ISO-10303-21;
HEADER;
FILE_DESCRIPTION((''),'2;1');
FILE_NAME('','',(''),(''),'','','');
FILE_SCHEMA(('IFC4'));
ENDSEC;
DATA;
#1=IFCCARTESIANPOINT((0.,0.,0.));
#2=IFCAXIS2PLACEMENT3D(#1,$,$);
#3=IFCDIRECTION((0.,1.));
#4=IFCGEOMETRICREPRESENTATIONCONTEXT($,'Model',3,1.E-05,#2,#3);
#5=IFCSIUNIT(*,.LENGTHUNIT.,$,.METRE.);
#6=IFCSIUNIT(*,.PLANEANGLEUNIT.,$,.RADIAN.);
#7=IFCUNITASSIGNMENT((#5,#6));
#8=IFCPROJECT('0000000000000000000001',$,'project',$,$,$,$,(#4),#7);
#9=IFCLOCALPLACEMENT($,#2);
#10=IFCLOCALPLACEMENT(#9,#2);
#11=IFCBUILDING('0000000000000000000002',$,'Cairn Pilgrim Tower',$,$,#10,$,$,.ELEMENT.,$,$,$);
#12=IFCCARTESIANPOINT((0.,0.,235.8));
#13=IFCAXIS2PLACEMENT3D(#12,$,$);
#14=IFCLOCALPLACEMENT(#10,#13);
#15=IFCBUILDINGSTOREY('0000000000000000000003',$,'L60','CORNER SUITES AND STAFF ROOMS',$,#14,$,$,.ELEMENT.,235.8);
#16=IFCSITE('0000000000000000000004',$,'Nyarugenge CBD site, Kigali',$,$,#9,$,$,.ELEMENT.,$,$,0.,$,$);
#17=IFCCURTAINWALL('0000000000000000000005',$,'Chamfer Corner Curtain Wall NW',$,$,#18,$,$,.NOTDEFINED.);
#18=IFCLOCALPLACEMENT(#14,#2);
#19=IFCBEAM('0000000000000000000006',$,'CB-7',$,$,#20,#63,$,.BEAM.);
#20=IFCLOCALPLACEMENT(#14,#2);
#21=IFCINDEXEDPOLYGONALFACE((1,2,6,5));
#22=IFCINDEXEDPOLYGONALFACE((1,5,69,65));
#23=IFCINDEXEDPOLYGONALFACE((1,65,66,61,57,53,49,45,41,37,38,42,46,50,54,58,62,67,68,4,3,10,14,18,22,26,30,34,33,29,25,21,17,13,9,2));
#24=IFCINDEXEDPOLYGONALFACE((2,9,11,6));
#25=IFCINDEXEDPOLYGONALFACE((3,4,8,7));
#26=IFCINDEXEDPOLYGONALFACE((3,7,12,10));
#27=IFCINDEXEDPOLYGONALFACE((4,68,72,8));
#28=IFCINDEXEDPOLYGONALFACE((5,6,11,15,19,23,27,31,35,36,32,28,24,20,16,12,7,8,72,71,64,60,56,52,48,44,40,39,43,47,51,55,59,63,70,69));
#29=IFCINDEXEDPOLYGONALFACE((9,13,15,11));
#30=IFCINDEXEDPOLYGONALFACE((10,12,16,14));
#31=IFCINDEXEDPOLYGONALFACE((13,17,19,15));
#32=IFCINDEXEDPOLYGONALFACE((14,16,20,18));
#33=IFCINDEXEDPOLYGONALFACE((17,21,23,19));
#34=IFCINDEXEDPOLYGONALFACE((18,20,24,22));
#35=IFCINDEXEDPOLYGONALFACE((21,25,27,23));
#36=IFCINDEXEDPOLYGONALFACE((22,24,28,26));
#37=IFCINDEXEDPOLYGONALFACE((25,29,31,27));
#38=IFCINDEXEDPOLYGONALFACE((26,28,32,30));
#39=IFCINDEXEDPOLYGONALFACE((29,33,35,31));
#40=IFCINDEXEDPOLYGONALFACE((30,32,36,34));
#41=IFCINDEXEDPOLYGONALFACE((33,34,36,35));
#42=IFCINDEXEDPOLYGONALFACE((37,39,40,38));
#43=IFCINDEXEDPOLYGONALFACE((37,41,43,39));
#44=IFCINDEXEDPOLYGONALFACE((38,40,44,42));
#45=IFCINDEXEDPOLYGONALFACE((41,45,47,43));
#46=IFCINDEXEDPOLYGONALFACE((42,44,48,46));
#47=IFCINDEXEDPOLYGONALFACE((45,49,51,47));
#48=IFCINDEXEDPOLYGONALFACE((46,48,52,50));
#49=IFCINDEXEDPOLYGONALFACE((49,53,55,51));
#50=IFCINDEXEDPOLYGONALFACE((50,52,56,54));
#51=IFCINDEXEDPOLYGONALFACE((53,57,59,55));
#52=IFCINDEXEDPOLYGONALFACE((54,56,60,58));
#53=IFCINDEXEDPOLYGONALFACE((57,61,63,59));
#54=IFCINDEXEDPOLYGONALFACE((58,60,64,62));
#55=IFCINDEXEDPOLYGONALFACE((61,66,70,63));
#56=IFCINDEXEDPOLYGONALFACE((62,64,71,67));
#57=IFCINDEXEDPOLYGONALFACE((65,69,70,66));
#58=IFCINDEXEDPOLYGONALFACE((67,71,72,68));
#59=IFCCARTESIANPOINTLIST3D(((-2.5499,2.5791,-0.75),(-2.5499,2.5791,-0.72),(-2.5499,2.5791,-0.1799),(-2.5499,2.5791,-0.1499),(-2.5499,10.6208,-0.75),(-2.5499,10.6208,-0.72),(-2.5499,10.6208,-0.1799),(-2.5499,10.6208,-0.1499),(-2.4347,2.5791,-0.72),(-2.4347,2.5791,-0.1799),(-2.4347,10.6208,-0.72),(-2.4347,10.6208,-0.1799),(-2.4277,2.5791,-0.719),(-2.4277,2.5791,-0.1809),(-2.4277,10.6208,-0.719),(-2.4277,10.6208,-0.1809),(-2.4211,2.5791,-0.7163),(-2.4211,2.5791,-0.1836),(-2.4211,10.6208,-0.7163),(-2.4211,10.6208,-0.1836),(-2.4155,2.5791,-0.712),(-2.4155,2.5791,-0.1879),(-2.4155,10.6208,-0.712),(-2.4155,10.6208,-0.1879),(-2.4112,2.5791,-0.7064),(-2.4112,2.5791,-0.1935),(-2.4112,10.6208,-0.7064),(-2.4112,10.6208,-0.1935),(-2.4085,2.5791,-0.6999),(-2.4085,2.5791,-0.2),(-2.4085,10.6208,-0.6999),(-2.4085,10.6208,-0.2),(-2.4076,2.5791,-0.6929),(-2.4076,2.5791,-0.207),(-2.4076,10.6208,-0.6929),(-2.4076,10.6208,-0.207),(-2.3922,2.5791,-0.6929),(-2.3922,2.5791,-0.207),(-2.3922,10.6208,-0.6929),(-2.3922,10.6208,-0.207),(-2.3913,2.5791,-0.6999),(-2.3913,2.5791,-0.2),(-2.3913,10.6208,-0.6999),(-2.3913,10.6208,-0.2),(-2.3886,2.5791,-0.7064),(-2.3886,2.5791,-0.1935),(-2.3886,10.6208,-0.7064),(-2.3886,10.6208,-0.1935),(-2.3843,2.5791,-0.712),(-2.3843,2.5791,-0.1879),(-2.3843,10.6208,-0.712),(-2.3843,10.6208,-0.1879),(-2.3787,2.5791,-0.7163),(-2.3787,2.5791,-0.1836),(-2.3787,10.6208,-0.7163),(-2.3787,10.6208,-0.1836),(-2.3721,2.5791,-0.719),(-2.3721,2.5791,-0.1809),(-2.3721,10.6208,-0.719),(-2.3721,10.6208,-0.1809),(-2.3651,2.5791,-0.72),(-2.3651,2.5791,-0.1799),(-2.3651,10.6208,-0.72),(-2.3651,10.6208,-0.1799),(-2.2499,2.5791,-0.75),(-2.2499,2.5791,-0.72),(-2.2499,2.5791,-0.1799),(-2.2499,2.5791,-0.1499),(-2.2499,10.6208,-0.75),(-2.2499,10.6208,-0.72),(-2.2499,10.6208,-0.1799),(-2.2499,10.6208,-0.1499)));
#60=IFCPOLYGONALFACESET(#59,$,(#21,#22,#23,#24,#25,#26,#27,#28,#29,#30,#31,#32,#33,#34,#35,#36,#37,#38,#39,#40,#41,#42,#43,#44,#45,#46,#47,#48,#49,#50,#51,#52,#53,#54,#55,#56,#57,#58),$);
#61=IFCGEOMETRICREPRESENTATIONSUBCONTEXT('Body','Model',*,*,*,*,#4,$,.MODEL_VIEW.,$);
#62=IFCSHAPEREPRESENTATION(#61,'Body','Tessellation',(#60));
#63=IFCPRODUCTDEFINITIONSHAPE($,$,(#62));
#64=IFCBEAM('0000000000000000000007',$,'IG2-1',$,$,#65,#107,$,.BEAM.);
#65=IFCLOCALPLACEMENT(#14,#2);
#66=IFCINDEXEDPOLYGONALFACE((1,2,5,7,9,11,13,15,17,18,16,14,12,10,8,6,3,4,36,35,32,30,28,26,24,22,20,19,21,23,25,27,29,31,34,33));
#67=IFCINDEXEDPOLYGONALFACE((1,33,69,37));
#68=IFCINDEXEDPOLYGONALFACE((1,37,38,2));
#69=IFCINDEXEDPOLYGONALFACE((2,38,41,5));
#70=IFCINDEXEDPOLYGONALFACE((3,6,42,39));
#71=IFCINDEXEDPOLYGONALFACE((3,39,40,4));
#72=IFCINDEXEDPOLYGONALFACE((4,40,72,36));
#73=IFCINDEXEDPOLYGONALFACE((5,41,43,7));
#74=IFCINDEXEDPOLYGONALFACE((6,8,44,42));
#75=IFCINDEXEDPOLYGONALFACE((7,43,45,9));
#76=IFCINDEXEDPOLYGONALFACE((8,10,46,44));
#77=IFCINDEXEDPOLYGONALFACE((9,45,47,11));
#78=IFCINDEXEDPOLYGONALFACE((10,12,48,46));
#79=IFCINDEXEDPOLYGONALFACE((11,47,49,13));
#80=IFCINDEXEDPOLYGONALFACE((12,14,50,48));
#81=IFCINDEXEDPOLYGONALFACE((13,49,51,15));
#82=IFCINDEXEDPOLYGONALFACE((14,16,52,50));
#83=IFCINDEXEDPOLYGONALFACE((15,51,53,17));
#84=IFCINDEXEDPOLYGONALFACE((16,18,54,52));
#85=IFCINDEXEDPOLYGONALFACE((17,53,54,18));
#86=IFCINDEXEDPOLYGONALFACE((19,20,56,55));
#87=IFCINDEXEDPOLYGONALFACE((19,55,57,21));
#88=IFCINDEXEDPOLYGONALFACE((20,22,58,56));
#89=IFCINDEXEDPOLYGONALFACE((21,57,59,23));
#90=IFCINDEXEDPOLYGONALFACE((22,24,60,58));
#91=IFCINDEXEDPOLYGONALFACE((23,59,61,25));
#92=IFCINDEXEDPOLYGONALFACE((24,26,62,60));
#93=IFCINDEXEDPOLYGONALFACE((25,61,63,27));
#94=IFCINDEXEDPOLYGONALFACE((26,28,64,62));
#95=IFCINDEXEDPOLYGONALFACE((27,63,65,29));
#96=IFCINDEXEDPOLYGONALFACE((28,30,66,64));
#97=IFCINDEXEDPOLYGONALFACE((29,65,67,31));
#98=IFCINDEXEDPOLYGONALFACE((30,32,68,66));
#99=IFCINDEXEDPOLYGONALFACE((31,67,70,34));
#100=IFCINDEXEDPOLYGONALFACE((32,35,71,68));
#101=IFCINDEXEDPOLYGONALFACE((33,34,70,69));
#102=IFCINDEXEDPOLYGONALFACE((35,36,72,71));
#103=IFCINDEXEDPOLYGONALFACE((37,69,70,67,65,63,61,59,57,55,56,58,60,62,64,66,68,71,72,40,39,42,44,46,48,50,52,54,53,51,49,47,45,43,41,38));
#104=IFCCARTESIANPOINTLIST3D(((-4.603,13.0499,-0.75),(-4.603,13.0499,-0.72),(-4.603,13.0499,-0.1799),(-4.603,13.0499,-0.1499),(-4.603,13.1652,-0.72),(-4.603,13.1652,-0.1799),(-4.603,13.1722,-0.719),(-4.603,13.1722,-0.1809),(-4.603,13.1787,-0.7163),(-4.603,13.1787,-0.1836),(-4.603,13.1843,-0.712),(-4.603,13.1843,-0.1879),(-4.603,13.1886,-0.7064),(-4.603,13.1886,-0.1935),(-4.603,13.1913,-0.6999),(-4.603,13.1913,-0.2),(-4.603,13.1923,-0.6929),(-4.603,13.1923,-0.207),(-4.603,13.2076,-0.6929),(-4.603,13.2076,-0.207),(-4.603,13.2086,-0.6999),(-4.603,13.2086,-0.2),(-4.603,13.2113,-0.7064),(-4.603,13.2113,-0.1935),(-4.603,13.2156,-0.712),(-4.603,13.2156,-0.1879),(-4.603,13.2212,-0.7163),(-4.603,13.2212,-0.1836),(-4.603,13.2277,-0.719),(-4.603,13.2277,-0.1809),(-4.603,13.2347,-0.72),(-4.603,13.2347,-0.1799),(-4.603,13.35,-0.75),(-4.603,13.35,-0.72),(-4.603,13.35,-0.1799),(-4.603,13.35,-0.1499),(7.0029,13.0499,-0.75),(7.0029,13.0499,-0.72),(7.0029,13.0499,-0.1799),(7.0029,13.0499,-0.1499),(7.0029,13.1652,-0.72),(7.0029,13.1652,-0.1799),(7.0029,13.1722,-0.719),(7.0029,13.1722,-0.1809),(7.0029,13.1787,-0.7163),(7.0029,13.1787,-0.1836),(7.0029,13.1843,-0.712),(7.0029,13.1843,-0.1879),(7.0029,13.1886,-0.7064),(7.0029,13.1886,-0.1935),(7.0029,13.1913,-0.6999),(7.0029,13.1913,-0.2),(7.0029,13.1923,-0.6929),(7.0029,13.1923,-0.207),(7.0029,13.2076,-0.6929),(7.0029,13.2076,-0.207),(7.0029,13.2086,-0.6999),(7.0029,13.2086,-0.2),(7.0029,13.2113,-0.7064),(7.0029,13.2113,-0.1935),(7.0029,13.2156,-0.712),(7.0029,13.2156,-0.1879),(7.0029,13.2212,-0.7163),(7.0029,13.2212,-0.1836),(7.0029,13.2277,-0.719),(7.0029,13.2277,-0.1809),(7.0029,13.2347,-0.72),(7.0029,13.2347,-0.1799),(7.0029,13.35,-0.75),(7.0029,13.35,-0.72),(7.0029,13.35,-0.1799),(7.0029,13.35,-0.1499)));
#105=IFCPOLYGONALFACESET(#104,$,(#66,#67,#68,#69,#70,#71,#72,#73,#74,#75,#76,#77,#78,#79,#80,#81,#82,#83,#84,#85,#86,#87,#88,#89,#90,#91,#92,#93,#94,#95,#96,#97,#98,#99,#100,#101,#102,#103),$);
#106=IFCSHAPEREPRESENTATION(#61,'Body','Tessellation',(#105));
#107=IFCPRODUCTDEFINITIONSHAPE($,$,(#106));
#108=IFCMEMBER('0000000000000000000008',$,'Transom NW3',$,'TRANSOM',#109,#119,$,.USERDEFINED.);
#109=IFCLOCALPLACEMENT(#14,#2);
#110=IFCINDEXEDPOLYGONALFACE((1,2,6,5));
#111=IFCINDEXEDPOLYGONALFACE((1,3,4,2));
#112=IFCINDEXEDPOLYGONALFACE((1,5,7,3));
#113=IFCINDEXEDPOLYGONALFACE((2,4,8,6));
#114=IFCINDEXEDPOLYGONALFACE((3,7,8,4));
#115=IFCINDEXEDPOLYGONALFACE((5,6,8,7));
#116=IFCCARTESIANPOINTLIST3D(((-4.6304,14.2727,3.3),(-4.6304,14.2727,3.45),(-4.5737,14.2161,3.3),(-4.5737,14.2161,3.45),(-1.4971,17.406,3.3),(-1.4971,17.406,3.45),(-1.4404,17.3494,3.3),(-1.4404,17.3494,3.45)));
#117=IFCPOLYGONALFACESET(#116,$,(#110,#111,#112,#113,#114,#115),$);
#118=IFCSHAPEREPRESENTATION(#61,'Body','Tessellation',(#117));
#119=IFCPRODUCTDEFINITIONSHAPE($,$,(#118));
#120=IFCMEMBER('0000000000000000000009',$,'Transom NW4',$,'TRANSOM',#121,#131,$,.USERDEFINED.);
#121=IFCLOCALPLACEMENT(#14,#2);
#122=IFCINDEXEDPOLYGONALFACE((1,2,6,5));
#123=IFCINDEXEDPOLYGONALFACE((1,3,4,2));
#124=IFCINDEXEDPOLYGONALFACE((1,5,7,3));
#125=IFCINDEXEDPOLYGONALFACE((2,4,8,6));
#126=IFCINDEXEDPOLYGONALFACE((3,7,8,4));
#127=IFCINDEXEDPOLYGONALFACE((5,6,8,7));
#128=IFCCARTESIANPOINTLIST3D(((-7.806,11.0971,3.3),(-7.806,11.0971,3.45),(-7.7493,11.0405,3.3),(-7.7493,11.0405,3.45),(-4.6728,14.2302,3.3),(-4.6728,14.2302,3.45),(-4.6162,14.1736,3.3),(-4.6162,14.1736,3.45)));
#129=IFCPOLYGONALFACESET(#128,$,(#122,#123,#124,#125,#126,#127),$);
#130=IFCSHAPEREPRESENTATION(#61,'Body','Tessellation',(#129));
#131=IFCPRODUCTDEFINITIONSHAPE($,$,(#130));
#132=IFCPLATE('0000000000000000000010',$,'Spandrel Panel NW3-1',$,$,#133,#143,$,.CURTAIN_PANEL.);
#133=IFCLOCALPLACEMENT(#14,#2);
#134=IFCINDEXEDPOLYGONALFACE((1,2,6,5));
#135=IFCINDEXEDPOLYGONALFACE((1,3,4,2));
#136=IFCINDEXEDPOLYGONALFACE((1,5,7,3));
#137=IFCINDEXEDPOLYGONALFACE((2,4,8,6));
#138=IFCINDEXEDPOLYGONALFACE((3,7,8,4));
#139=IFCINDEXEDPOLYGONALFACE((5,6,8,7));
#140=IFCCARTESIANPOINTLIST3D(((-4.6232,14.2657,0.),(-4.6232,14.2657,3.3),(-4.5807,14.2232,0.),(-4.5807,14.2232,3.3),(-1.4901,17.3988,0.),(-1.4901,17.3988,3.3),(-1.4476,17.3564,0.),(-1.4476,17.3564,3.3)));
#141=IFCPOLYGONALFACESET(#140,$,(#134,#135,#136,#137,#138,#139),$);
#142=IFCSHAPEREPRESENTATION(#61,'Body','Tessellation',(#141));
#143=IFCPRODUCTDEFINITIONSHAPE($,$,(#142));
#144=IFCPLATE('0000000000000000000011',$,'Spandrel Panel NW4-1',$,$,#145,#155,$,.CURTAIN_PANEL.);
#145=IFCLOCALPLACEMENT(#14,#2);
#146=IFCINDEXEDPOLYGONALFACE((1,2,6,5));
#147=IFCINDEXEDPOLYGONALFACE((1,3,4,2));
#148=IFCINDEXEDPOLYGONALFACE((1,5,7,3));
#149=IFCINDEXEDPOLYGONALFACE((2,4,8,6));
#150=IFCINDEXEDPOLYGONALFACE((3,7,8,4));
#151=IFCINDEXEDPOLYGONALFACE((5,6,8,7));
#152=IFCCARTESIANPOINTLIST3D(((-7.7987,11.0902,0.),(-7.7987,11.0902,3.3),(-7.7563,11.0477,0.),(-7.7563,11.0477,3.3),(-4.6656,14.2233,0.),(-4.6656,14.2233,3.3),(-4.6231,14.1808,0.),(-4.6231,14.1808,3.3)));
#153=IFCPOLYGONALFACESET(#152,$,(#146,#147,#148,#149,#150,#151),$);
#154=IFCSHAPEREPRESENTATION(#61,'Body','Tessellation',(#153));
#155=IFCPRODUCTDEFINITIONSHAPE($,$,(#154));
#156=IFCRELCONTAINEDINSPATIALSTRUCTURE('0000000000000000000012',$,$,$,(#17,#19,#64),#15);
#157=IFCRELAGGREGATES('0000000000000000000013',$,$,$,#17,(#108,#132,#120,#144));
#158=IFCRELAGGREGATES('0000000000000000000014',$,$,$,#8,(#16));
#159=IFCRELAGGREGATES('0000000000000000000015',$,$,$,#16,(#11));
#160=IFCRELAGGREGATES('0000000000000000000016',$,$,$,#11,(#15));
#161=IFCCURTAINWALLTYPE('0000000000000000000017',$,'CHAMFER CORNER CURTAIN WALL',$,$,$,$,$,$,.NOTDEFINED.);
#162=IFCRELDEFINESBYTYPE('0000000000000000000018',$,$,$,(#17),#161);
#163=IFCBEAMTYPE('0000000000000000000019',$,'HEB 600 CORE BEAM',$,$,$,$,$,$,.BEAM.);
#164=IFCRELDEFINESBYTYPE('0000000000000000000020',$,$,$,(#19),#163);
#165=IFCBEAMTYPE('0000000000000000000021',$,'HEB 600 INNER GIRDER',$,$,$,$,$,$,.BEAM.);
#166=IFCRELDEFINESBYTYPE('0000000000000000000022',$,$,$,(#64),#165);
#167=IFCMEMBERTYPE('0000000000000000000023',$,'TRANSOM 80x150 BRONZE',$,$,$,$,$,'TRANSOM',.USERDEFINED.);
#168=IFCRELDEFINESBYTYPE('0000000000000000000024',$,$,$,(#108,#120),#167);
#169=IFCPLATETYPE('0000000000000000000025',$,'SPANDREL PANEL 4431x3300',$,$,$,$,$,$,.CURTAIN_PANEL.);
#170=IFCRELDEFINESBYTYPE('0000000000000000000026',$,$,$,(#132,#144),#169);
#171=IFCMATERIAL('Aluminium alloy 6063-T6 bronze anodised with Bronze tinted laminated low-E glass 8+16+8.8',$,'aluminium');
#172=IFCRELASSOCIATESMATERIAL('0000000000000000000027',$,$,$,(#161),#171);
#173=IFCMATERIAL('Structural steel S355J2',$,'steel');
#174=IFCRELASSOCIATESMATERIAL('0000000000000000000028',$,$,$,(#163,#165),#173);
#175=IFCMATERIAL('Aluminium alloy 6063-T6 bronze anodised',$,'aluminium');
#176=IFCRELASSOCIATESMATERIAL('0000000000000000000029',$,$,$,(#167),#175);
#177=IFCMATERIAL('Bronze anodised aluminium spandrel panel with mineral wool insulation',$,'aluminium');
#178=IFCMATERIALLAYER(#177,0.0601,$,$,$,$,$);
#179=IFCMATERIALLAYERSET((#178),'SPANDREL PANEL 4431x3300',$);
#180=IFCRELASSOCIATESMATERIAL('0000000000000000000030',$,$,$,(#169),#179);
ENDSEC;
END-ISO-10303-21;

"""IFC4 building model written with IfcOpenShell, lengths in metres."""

from ifc_helpers import new_model, si_unit, direction, frame, origin, origin_2d, place, context, subcontext, project, spatial, rectangle, i_section, extrude, material, layer, layer_set, material_profile, profile_set, type_object, element, aggregate, save


model = new_model("IFC4")

# Units and contexts
model_context = context("Model", 3, precision=1e-05, world=origin(), true_north=direction((0.0, 1.0)))
body_context = subcontext(model_context, "Body", "Model", "MODEL_VIEW")
ifc_project = project(units=[si_unit("LENGTHUNIT", "METRE"), si_unit("PLANEANGLEUNIT", "RADIAN")], contexts=[model_context])

# Site, building, storey
site_placement = place(None, origin())
site = spatial("IfcSite", under=ifc_project, at=site_placement, Name="Nyarugenge CBD site, Kigali", CompositionType="ELEMENT", RefElevation=0.0)
building_placement = place(site_placement, origin())
building = spatial("IfcBuilding", under=site, at=building_placement, Name="Cairn Pilgrim Tower", CompositionType="ELEMENT")
storey_placement = place(building_placement, frame((0.0, 0.0, 235.8)))
storey = spatial("IfcBuildingStorey", under=building, at=storey_placement, Name="L60", Description="CORNER SUITES AND STAFF ROOMS", CompositionType="ELEMENT", Elevation=235.8)

# Shared definitions
ifc_material_1 = material(Name="Structural steel S355J2", Category="steel")

# Curtain wall
ifc_material_2 = material(Name="Aluminium alloy 6063-T6 bronze anodised with Bronze tinted laminated low-E glass 8+16+8.8", Category="aluminium")
curtain_wall_type = type_object("IfcCurtainWallType", Name="CHAMFER CORNER CURTAIN WALL", PredefinedType="NOTDEFINED", material=ifc_material_2)
curtain_wall_placement = place(storey_placement, origin())
curtain_wall = element("IfcCurtainWall", 1, at=curtain_wall_placement, inside=storey, type_object=curtain_wall_type, Name="Chamfer Corner Curtain Wall NW", PredefinedType="NOTDEFINED")
ifc_material_3 = material(Name="Aluminium alloy 6063-T6 bronze anodised", Category="aluminium")

# Beams
ifc_material_profile_1 = material_profile(ifc_material_1, i_section(OverallWidth=0.3, OverallDepth=0.6001, WebThickness=0.0154, FlangeThickness=0.03, FilletRadius=0.0271, at=origin_2d()), Name="HEB 600")
ifc_profile_set_1 = profile_set([ifc_material_profile_1], Name="Structural steel S355J2")
beam_type_1 = type_object("IfcBeamType", Name="HEB 600 CORE BEAM", PredefinedType="BEAM", material=ifc_profile_set_1)
beam_1_placement = place(storey_placement, frame((-2.3999, 10.6208, -0.45), z_axis=(0.0, -1.0, 0.0), x_axis=(1.0, 0.0, 0.0)))
element("IfcBeam", 2, at=beam_1_placement, inside=storey, type_object=beam_type_1, Name="CB-7", PredefinedType="BEAM", context=body_context, shape_type="SweptSolid", body=[
    extrude(i_section(OverallWidth=0.3, OverallDepth=0.6001, WebThickness=0.0154, FlangeThickness=0.03, FilletRadius=0.0271, at=origin_2d()), origin(), (0.0, 0.0, 1.0), 8.0417),
])
ifc_material_profile_2 = material_profile(ifc_material_1, i_section(OverallWidth=0.3, OverallDepth=0.6001, WebThickness=0.0154, FlangeThickness=0.03, FilletRadius=0.0271, at=origin_2d()), Name="HEB 600")
ifc_profile_set_2 = profile_set([ifc_material_profile_2], Name="Structural steel S355J2")
beam_type_2 = type_object("IfcBeamType", Name="HEB 600 INNER GIRDER", PredefinedType="BEAM", material=ifc_profile_set_2)
beam_2_placement = place(storey_placement, frame((-4.603, 13.2, -0.45), z_axis=(1.0, 0.0, 0.0), x_axis=(0.0, 1.0, 0.0)))
element("IfcBeam", 3, at=beam_2_placement, inside=storey, type_object=beam_type_2, Name="IG2-1", PredefinedType="BEAM", context=body_context, shape_type="SweptSolid", body=[
    extrude(i_section(OverallWidth=0.3, OverallDepth=0.6001, WebThickness=0.0154, FlangeThickness=0.03, FilletRadius=0.0271, at=origin_2d()), origin(), (0.0, 0.0, 1.0), 11.606),
])

# Members
ifc_material_profile_3 = material_profile(ifc_material_3, rectangle(XDim=0.0801, YDim=0.1499, at=origin_2d()), Name="TRANSOM 80x150 BRONZE")
ifc_profile_set_3 = profile_set([ifc_material_profile_3], Name="Aluminium alloy 6063-T6 bronze anodised")
member_type_1 = type_object("IfcMemberType", Name="TRANSOM 80x150 BRONZE", ElementType="TRANSOM", PredefinedType="USERDEFINED", material=ifc_profile_set_3)
member_1_placement = place(storey_placement, frame((-1.4688, 17.3777, 3.375), z_axis=(-0.707107, -0.707107, 0.0), x_axis=(0.707107, -0.707107, 0.0)))
member_1 = element("IfcMember", 4, at=member_1_placement, type_object=member_type_1, Name="Transom NW3", ObjectType="TRANSOM", PredefinedType="USERDEFINED", context=body_context, shape_type="SweptSolid", body=[
    extrude(rectangle(XDim=0.0801, YDim=0.1499, at=origin_2d()), origin(), (0.0, 0.0, 1.0), 4.4312),
])
member_2_placement = place(storey_placement, frame((-4.6445, 14.2019, 3.375), z_axis=(-0.707107, -0.707107, 0.0), x_axis=(0.707107, -0.707107, 0.0)))
member_2 = element("IfcMember", 5, at=member_2_placement, type_object=member_type_1, Name="Transom NW4", ObjectType="TRANSOM", PredefinedType="USERDEFINED", context=body_context, shape_type="SweptSolid", body=[
    extrude(rectangle(XDim=0.0801, YDim=0.1499, at=origin_2d()), origin(), (0.0, 0.0, 1.0), 4.4309),
])

# Plates
ifc_material_4 = material(Name="Bronze anodised aluminium spandrel panel with mineral wool insulation", Category="aluminium")
ifc_layer_1 = layer(ifc_material_4, 0.0601)
ifc_layer_set_1 = layer_set([ifc_layer_1], Name="SPANDREL PANEL 4431x3300")
plate_type = type_object("IfcPlateType", Name="SPANDREL PANEL 4431x3300", PredefinedType="CURTAIN_PANEL", material=ifc_layer_set_1)
plate_1_placement = place(storey_placement, frame((-3.0354, 15.811, 0.0), z_axis=(0.0, 0.0, 1.0), x_axis=(-0.707107, -0.707107, 0.0)))
plate_1 = element("IfcPlate", 6, at=plate_1_placement, type_object=plate_type, Name="Spandrel Panel NW3-1", PredefinedType="CURTAIN_PANEL", context=body_context, shape_type="SweptSolid", body=[
    extrude(rectangle(XDim=4.4309, YDim=0.0601, at=origin_2d()), origin(), (0.0, 0.0, 1.0), 3.3),
])
plate_2_placement = place(storey_placement, frame((-6.2109, 12.6355, 0.0), z_axis=(0.0, 0.0, 1.0), x_axis=(-0.707107, -0.707107, 0.0)))
plate_2 = element("IfcPlate", 7, at=plate_2_placement, type_object=plate_type, Name="Spandrel Panel NW4-1", PredefinedType="CURTAIN_PANEL", context=body_context, shape_type="SweptSolid", body=[
    extrude(rectangle(XDim=4.4309, YDim=0.0601, at=origin_2d()), origin(), (0.0, 0.0, 1.0), 3.3),
])
aggregate(curtain_wall, [member_1, plate_1, member_2, plate_2])

save(model, "model.ifc")
